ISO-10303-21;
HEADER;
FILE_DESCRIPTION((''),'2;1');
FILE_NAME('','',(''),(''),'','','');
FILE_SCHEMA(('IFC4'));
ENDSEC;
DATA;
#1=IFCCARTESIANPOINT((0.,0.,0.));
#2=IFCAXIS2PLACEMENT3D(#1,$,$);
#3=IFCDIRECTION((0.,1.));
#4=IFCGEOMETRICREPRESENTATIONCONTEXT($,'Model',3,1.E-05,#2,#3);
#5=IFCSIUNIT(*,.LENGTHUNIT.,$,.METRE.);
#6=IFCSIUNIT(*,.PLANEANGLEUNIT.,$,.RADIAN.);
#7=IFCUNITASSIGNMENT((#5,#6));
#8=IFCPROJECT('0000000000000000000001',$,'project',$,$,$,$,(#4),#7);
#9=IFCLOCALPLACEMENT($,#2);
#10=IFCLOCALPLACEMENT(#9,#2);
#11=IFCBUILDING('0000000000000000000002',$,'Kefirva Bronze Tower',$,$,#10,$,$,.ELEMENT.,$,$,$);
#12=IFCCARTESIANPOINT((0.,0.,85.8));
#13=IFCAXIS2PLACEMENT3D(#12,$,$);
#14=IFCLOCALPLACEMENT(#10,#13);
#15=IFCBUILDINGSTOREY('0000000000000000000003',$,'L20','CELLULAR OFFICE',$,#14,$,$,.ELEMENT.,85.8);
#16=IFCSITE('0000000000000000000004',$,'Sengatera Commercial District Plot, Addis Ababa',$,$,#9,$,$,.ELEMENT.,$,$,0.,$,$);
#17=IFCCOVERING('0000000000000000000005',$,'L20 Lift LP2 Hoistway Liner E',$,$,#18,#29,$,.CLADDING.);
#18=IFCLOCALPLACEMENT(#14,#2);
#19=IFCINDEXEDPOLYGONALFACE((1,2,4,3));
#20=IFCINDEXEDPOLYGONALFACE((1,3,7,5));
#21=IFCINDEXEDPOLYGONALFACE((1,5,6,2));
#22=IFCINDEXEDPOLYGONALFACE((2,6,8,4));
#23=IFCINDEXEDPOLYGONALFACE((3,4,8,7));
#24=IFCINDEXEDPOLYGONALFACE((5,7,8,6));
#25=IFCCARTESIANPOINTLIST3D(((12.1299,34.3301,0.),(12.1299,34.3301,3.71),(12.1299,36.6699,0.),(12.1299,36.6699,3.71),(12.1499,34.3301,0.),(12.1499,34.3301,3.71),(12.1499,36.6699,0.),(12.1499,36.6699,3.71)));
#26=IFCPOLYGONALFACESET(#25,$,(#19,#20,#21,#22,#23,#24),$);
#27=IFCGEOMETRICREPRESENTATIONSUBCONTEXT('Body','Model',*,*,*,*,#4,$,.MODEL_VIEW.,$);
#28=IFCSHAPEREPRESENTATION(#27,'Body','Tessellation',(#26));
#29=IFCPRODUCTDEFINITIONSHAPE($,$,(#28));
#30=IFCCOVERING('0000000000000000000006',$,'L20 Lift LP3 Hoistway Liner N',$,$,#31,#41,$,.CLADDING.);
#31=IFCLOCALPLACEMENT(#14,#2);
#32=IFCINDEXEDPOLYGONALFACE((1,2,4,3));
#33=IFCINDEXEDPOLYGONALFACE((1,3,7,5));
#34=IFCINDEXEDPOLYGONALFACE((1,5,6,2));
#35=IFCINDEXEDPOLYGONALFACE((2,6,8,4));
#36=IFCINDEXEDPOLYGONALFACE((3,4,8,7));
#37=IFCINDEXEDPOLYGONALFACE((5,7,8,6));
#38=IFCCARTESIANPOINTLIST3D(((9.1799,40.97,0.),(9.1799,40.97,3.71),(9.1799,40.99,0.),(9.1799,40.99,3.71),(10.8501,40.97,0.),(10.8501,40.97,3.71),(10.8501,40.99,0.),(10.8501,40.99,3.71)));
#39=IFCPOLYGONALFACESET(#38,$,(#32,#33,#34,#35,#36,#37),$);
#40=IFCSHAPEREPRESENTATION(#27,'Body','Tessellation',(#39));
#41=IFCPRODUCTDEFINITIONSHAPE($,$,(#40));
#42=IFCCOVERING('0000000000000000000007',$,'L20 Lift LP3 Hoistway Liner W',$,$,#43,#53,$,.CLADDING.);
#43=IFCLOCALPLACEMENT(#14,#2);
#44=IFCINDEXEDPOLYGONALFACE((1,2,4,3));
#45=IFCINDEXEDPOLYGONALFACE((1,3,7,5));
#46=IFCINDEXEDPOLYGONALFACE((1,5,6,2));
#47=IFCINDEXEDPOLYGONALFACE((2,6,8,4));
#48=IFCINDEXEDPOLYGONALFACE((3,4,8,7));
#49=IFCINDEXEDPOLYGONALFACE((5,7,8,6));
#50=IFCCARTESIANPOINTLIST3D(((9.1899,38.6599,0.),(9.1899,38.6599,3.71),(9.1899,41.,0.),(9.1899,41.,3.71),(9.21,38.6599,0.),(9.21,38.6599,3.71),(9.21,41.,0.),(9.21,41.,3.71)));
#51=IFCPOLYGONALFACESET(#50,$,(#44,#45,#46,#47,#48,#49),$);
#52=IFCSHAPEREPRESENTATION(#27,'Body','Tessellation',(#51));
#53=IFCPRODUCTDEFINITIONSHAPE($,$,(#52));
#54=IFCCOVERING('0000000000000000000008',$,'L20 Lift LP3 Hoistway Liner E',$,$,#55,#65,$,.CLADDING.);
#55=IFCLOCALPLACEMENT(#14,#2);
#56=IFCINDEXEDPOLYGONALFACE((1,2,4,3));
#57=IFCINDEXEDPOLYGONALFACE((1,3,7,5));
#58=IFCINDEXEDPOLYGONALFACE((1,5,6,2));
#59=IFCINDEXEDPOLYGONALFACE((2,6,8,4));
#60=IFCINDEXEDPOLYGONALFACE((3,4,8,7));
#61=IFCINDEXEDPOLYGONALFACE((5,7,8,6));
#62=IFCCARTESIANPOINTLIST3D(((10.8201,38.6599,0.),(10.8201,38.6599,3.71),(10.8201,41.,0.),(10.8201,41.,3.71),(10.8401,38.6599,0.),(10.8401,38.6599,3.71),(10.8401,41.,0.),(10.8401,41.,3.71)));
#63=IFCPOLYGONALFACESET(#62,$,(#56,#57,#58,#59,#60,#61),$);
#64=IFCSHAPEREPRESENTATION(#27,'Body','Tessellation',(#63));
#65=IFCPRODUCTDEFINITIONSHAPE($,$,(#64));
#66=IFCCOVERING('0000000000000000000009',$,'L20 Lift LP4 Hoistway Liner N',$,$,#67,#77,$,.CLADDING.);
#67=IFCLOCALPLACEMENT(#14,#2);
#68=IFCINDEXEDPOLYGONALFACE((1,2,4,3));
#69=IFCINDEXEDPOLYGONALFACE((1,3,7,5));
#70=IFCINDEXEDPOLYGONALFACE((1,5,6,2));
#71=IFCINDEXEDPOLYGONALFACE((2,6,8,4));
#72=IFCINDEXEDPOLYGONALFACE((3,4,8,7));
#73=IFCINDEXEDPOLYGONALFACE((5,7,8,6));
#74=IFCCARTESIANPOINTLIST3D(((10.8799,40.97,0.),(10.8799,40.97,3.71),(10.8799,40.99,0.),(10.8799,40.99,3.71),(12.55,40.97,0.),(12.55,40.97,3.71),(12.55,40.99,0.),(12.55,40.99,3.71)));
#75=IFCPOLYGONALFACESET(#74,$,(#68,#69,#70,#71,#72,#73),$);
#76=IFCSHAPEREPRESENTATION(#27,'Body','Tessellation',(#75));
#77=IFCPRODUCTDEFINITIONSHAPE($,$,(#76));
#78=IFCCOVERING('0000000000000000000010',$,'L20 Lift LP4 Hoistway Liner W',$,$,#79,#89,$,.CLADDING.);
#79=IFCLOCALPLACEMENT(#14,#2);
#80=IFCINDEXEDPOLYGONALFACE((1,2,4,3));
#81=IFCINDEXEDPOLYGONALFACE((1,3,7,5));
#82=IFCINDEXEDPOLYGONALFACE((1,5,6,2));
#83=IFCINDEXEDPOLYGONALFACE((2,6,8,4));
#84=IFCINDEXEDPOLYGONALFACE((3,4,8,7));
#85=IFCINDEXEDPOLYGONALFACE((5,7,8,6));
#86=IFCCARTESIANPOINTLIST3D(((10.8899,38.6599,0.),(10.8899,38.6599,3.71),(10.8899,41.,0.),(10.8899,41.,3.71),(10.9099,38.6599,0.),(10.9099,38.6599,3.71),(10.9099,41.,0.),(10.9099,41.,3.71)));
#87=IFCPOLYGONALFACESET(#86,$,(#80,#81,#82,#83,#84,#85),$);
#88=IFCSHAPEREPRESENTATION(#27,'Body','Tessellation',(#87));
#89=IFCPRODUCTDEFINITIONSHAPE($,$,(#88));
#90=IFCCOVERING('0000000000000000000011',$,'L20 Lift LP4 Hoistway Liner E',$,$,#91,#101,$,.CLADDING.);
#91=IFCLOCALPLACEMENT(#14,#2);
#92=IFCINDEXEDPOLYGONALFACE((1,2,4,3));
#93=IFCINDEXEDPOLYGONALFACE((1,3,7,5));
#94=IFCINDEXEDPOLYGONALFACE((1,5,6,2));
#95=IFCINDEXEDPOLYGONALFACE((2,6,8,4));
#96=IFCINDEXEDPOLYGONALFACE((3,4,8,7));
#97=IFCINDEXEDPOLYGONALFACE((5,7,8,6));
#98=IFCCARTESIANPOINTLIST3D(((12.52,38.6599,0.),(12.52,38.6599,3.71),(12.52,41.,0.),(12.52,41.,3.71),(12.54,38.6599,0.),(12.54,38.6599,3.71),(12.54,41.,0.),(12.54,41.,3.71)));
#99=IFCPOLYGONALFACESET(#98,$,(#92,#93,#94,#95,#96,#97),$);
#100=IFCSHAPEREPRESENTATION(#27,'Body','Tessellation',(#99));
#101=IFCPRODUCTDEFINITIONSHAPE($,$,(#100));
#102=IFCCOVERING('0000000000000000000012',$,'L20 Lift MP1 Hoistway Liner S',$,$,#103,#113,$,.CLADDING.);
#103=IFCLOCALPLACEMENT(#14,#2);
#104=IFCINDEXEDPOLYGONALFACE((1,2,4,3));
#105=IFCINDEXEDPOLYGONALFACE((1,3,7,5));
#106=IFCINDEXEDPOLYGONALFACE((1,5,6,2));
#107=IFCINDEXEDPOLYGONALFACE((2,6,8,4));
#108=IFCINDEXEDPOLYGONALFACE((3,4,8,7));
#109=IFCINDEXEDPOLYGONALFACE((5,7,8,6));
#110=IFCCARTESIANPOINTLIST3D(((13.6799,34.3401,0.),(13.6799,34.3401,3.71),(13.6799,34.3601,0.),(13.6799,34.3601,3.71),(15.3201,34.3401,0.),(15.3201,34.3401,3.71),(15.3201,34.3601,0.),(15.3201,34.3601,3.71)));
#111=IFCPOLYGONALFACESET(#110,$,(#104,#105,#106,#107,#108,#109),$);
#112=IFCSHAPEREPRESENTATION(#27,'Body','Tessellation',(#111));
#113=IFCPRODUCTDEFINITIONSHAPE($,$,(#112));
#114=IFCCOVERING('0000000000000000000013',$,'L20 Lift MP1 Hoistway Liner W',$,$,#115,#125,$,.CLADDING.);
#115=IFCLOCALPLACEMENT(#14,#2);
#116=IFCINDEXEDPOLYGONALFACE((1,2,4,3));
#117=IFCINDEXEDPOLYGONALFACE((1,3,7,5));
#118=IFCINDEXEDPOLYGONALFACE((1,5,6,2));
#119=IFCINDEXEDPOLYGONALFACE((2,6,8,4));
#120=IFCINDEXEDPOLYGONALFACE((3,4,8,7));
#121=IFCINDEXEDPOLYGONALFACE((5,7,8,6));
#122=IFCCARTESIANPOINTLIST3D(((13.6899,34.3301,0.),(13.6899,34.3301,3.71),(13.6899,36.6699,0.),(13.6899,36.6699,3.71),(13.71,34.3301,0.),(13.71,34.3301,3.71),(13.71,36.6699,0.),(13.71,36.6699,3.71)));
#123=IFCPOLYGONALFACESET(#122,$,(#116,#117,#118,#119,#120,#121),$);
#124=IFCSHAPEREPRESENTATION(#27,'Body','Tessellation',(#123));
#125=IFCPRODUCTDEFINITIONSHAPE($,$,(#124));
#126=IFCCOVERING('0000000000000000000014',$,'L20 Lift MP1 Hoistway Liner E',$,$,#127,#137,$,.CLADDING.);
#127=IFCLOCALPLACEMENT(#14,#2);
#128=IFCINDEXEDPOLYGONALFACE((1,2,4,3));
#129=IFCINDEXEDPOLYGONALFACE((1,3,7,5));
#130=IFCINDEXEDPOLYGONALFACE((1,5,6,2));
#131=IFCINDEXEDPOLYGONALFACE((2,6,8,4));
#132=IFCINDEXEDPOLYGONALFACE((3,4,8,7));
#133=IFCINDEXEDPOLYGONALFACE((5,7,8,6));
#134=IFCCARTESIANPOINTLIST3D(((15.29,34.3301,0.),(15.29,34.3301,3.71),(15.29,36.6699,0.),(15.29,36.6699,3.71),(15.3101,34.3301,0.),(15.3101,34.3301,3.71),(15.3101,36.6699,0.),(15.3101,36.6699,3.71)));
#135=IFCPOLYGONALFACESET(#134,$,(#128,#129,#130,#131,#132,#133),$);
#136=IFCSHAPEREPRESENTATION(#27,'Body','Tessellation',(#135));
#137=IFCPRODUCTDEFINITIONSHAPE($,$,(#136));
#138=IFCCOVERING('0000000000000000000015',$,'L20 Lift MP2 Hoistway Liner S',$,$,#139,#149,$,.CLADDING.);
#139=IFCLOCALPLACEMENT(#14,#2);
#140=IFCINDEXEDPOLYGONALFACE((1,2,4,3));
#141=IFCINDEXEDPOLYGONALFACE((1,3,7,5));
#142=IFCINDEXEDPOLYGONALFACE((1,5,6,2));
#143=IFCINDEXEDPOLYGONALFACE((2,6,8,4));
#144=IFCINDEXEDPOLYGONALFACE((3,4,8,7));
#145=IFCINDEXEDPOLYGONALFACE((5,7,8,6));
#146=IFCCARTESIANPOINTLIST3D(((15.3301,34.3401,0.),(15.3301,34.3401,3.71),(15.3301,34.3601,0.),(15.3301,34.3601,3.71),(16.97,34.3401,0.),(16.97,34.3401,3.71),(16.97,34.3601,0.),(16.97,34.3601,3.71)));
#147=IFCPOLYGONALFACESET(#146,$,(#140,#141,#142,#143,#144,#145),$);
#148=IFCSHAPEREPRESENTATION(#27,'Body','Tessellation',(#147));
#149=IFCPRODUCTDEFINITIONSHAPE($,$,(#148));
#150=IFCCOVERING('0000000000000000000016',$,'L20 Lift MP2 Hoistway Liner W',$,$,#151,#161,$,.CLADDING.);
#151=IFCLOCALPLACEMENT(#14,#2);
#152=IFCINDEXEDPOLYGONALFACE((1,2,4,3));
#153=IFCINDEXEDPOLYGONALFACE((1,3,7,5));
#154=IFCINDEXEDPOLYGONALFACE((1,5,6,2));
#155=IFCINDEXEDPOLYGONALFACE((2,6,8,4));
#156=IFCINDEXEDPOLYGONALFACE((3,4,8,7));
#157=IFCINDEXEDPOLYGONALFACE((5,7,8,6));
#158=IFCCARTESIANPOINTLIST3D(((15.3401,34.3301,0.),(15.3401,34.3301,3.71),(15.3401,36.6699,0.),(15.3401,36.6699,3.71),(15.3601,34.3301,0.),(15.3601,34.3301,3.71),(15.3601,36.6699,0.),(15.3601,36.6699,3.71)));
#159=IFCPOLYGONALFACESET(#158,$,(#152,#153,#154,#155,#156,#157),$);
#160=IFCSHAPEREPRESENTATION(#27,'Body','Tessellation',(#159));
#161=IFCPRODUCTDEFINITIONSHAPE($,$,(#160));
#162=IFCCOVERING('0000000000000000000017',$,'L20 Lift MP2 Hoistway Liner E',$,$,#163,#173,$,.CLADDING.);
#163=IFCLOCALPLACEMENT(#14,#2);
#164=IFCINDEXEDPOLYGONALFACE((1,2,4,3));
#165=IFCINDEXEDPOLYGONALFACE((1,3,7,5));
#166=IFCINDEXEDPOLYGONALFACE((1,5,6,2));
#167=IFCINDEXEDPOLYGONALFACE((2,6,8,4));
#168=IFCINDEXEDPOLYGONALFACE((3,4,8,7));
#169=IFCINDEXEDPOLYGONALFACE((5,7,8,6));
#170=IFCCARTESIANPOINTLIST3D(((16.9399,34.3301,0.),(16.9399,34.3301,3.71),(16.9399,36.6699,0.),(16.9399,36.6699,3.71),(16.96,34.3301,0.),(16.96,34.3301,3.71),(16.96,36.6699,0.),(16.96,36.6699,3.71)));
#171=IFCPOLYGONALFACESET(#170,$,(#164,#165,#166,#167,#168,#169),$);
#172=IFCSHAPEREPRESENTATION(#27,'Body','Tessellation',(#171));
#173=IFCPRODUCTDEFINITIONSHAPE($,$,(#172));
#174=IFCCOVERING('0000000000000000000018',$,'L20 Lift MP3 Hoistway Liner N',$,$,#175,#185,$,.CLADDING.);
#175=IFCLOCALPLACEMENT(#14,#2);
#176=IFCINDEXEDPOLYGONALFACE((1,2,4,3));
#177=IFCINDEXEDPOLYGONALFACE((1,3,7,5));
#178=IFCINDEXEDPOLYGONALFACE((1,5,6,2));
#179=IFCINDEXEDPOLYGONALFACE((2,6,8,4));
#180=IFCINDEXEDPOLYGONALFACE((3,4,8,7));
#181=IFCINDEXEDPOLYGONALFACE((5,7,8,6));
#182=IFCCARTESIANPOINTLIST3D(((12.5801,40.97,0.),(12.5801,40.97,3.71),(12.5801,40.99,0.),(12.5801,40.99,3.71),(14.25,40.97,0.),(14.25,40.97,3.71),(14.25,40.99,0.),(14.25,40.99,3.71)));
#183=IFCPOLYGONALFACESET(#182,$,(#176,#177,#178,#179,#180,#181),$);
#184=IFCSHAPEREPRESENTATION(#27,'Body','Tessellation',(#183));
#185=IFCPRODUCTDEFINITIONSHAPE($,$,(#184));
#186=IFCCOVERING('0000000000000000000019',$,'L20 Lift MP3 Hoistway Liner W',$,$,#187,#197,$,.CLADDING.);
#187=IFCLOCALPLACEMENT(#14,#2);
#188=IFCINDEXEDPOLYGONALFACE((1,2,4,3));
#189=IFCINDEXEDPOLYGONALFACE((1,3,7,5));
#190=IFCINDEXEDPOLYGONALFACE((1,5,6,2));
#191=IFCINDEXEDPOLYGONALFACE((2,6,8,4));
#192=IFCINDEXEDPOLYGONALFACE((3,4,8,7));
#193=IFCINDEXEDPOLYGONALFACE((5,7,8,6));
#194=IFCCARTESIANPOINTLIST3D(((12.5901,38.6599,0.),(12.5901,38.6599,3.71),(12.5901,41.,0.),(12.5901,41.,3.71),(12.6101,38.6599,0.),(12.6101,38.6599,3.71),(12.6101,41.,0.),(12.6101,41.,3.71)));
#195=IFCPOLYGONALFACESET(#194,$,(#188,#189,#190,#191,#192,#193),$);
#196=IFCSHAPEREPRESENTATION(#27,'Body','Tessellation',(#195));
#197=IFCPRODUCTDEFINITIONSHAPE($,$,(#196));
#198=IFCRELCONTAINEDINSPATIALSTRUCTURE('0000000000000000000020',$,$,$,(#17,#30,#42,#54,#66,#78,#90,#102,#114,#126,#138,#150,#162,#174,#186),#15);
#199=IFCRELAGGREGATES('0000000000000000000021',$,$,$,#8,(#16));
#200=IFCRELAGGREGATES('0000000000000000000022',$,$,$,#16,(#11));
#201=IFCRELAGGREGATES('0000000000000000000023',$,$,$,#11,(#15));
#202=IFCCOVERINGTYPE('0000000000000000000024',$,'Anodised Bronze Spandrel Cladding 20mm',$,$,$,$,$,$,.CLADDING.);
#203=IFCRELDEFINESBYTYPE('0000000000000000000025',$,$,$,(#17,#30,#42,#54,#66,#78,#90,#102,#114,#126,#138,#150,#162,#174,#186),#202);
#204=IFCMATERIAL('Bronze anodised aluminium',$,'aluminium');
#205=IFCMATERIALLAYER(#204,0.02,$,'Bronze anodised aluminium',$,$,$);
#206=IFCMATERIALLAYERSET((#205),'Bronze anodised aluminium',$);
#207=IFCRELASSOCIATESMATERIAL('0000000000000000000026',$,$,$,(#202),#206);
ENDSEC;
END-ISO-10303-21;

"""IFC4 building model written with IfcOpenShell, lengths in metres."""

from ifc_helpers import new_model, si_unit, direction, frame, origin, place, context, subcontext, project, spatial, polyline, outline, extrude, material, layer, layer_set, type_object, element, save


model = new_model("IFC4")

# Units and contexts
model_context = context("Model", 3, precision=1e-05, world=origin(), true_north=direction((0.0, 1.0)))
body_context = subcontext(model_context, "Body", "Model", "MODEL_VIEW")
ifc_project = project(units=[si_unit("LENGTHUNIT", "METRE"), si_unit("PLANEANGLEUNIT", "RADIAN")], contexts=[model_context])

# Site, building, storey
site_placement = place(None, origin())
site = spatial("IfcSite", under=ifc_project, at=site_placement, Name="Sengatera Commercial District Plot, Addis Ababa", CompositionType="ELEMENT", RefElevation=0.0)
building_placement = place(site_placement, origin())
building = spatial("IfcBuilding", under=site, at=building_placement, Name="Kefirva Bronze Tower", CompositionType="ELEMENT")
storey_placement = place(building_placement, frame((0.0, 0.0, 85.8)))
storey = spatial("IfcBuildingStorey", under=building, at=storey_placement, Name="L20", Description="CELLULAR OFFICE", CompositionType="ELEMENT", Elevation=85.8)

# Coverings
ifc_material = material(Name="Bronze anodised aluminium", Category="aluminium")
ifc_layer_1 = layer(ifc_material, 0.02, Name="Bronze anodised aluminium")
ifc_layer_set_1 = layer_set([ifc_layer_1], Name="Bronze anodised aluminium")
covering_type_1 = type_object("IfcCoveringType", Name="Anodised Bronze Spandrel Cladding 20mm", PredefinedType="CLADDING", material=ifc_layer_set_1)
covering_1_placement = place(storey_placement, origin())
element("IfcCovering", 1, at=covering_1_placement, inside=storey, type_object=covering_type_1, Name="L20 Lift LP2 Hoistway Liner E", PredefinedType="CLADDING", context=body_context, shape_type="SweptSolid", body=[
    extrude(outline(polyline([(12.1299, 34.3301), (12.1499, 34.3301), (12.1499, 36.6699), (12.1299, 36.6699), (12.1299, 34.3301)])), origin(), (0.0, 0.0, 1.0), 3.71),
])
covering_2_placement = place(storey_placement, origin())
element("IfcCovering", 2, at=covering_2_placement, inside=storey, type_object=covering_type_1, Name="L20 Lift LP3 Hoistway Liner N", PredefinedType="CLADDING", context=body_context, shape_type="SweptSolid", body=[
    extrude(outline(polyline([(9.1799, 40.97), (10.8501, 40.97), (10.8501, 40.99), (9.1799, 40.99), (9.1799, 40.97)])), origin(), (0.0, 0.0, 1.0), 3.71),
])
covering_3_placement = place(storey_placement, origin())
element("IfcCovering", 3, at=covering_3_placement, inside=storey, type_object=covering_type_1, Name="L20 Lift LP3 Hoistway Liner W", PredefinedType="CLADDING", context=body_context, shape_type="SweptSolid", body=[
    extrude(outline(polyline([(9.1899, 38.6599), (9.21, 38.6599), (9.21, 41.0), (9.1899, 41.0), (9.1899, 38.6599)])), origin(), (0.0, 0.0, 1.0), 3.71),
])
covering_4_placement = place(storey_placement, origin())
element("IfcCovering", 4, at=covering_4_placement, inside=storey, type_object=covering_type_1, Name="L20 Lift LP3 Hoistway Liner E", PredefinedType="CLADDING", context=body_context, shape_type="SweptSolid", body=[
    extrude(outline(polyline([(10.8201, 38.6599), (10.8401, 38.6599), (10.8401, 41.0), (10.8201, 41.0), (10.8201, 38.6599)])), origin(), (0.0, 0.0, 1.0), 3.71),
])
covering_5_placement = place(storey_placement, origin())
element("IfcCovering", 5, at=covering_5_placement, inside=storey, type_object=covering_type_1, Name="L20 Lift LP4 Hoistway Liner N", PredefinedType="CLADDING", context=body_context, shape_type="SweptSolid", body=[
    extrude(outline(polyline([(10.8799, 40.97), (12.55, 40.97), (12.55, 40.99), (10.8799, 40.99), (10.8799, 40.97)])), origin(), (0.0, 0.0, 1.0), 3.71),
])
covering_6_placement = place(storey_placement, origin())
element("IfcCovering", 6, at=covering_6_placement, inside=storey, type_object=covering_type_1, Name="L20 Lift LP4 Hoistway Liner W", PredefinedType="CLADDING", context=body_context, shape_type="SweptSolid", body=[
    extrude(outline(polyline([(10.8899, 38.6599), (10.9099, 38.6599), (10.9099, 41.0), (10.8899, 41.0), (10.8899, 38.6599)])), origin(), (0.0, 0.0, 1.0), 3.71),
])
covering_7_placement = place(storey_placement, origin())
element("IfcCovering", 7, at=covering_7_placement, inside=storey, type_object=covering_type_1, Name="L20 Lift LP4 Hoistway Liner E", PredefinedType="CLADDING", context=body_context, shape_type="SweptSolid", body=[
    extrude(outline(polyline([(12.52, 38.6599), (12.54, 38.6599), (12.54, 41.0), (12.52, 41.0), (12.52, 38.6599)])), origin(), (0.0, 0.0, 1.0), 3.71),
])
covering_8_placement = place(storey_placement, origin())
element("IfcCovering", 8, at=covering_8_placement, inside=storey, type_object=covering_type_1, Name="L20 Lift MP1 Hoistway Liner S", PredefinedType="CLADDING", context=body_context, shape_type="SweptSolid", body=[
    extrude(outline(polyline([(13.6799, 34.3401), (15.3201, 34.3401), (15.3201, 34.3601), (13.6799, 34.3601), (13.6799, 34.3401)])), origin(), (0.0, 0.0, 1.0), 3.71),
])
covering_9_placement = place(storey_placement, origin())
element("IfcCovering", 9, at=covering_9_placement, inside=storey, type_object=covering_type_1, Name="L20 Lift MP1 Hoistway Liner W", PredefinedType="CLADDING", context=body_context, shape_type="SweptSolid", body=[
    extrude(outline(polyline([(13.6899, 34.3301), (13.71, 34.3301), (13.71, 36.6699), (13.6899, 36.6699), (13.6899, 34.3301)])), origin(), (0.0, 0.0, 1.0), 3.71),
])
covering_10_placement = place(storey_placement, origin())
element("IfcCovering", 10, at=covering_10_placement, inside=storey, type_object=covering_type_1, Name="L20 Lift MP1 Hoistway Liner E", PredefinedType="CLADDING", context=body_context, shape_type="SweptSolid", body=[
    extrude(outline(polyline([(15.29, 34.3301), (15.3101, 34.3301), (15.3101, 36.6699), (15.29, 36.6699), (15.29, 34.3301)])), origin(), (0.0, 0.0, 1.0), 3.71),
])
covering_11_placement = place(storey_placement, origin())
element("IfcCovering", 11, at=covering_11_placement, inside=storey, type_object=covering_type_1, Name="L20 Lift MP2 Hoistway Liner S", PredefinedType="CLADDING", context=body_context, shape_type="SweptSolid", body=[
    extrude(outline(polyline([(15.3301, 34.3401), (16.97, 34.3401), (16.97, 34.3601), (15.3301, 34.3601), (15.3301, 34.3401)])), origin(), (0.0, 0.0, 1.0), 3.71),
])
covering_12_placement = place(storey_placement, origin())
element("IfcCovering", 12, at=covering_12_placement, inside=storey, type_object=covering_type_1, Name="L20 Lift MP2 Hoistway Liner W", PredefinedType="CLADDING", context=body_context, shape_type="SweptSolid", body=[
    extrude(outline(polyline([(15.3401, 34.3301), (15.3601, 34.3301), (15.3601, 36.6699), (15.3401, 36.6699), (15.3401, 34.3301)])), origin(), (0.0, 0.0, 1.0), 3.71),
])
covering_13_placement = place(storey_placement, origin())
element("IfcCovering", 13, at=covering_13_placement, inside=storey, type_object=covering_type_1, Name="L20 Lift MP2 Hoistway Liner E", PredefinedType="CLADDING", context=body_context, shape_type="SweptSolid", body=[
    extrude(outline(polyline([(16.9399, 34.3301), (16.96, 34.3301), (16.96, 36.6699), (16.9399, 36.6699), (16.9399, 34.3301)])), origin(), (0.0, 0.0, 1.0), 3.71),
])
covering_14_placement = place(storey_placement, origin())
element("IfcCovering", 14, at=covering_14_placement, inside=storey, type_object=covering_type_1, Name="L20 Lift MP3 Hoistway Liner N", PredefinedType="CLADDING", context=body_context, shape_type="SweptSolid", body=[
    extrude(outline(polyline([(12.5801, 40.97), (14.25, 40.97), (14.25, 40.99), (12.5801, 40.99), (12.5801, 40.97)])), origin(), (0.0, 0.0, 1.0), 3.71),
])
covering_15_placement = place(storey_placement, origin())
element("IfcCovering", 15, at=covering_15_placement, inside=storey, type_object=covering_type_1, Name="L20 Lift MP3 Hoistway Liner W", PredefinedType="CLADDING", context=body_context, shape_type="SweptSolid", body=[
    extrude(outline(polyline([(12.5901, 38.6599), (12.6101, 38.6599), (12.6101, 41.0), (12.5901, 41.0), (12.5901, 38.6599)])), origin(), (0.0, 0.0, 1.0), 3.71),
])

save(model, "model.ifc")
